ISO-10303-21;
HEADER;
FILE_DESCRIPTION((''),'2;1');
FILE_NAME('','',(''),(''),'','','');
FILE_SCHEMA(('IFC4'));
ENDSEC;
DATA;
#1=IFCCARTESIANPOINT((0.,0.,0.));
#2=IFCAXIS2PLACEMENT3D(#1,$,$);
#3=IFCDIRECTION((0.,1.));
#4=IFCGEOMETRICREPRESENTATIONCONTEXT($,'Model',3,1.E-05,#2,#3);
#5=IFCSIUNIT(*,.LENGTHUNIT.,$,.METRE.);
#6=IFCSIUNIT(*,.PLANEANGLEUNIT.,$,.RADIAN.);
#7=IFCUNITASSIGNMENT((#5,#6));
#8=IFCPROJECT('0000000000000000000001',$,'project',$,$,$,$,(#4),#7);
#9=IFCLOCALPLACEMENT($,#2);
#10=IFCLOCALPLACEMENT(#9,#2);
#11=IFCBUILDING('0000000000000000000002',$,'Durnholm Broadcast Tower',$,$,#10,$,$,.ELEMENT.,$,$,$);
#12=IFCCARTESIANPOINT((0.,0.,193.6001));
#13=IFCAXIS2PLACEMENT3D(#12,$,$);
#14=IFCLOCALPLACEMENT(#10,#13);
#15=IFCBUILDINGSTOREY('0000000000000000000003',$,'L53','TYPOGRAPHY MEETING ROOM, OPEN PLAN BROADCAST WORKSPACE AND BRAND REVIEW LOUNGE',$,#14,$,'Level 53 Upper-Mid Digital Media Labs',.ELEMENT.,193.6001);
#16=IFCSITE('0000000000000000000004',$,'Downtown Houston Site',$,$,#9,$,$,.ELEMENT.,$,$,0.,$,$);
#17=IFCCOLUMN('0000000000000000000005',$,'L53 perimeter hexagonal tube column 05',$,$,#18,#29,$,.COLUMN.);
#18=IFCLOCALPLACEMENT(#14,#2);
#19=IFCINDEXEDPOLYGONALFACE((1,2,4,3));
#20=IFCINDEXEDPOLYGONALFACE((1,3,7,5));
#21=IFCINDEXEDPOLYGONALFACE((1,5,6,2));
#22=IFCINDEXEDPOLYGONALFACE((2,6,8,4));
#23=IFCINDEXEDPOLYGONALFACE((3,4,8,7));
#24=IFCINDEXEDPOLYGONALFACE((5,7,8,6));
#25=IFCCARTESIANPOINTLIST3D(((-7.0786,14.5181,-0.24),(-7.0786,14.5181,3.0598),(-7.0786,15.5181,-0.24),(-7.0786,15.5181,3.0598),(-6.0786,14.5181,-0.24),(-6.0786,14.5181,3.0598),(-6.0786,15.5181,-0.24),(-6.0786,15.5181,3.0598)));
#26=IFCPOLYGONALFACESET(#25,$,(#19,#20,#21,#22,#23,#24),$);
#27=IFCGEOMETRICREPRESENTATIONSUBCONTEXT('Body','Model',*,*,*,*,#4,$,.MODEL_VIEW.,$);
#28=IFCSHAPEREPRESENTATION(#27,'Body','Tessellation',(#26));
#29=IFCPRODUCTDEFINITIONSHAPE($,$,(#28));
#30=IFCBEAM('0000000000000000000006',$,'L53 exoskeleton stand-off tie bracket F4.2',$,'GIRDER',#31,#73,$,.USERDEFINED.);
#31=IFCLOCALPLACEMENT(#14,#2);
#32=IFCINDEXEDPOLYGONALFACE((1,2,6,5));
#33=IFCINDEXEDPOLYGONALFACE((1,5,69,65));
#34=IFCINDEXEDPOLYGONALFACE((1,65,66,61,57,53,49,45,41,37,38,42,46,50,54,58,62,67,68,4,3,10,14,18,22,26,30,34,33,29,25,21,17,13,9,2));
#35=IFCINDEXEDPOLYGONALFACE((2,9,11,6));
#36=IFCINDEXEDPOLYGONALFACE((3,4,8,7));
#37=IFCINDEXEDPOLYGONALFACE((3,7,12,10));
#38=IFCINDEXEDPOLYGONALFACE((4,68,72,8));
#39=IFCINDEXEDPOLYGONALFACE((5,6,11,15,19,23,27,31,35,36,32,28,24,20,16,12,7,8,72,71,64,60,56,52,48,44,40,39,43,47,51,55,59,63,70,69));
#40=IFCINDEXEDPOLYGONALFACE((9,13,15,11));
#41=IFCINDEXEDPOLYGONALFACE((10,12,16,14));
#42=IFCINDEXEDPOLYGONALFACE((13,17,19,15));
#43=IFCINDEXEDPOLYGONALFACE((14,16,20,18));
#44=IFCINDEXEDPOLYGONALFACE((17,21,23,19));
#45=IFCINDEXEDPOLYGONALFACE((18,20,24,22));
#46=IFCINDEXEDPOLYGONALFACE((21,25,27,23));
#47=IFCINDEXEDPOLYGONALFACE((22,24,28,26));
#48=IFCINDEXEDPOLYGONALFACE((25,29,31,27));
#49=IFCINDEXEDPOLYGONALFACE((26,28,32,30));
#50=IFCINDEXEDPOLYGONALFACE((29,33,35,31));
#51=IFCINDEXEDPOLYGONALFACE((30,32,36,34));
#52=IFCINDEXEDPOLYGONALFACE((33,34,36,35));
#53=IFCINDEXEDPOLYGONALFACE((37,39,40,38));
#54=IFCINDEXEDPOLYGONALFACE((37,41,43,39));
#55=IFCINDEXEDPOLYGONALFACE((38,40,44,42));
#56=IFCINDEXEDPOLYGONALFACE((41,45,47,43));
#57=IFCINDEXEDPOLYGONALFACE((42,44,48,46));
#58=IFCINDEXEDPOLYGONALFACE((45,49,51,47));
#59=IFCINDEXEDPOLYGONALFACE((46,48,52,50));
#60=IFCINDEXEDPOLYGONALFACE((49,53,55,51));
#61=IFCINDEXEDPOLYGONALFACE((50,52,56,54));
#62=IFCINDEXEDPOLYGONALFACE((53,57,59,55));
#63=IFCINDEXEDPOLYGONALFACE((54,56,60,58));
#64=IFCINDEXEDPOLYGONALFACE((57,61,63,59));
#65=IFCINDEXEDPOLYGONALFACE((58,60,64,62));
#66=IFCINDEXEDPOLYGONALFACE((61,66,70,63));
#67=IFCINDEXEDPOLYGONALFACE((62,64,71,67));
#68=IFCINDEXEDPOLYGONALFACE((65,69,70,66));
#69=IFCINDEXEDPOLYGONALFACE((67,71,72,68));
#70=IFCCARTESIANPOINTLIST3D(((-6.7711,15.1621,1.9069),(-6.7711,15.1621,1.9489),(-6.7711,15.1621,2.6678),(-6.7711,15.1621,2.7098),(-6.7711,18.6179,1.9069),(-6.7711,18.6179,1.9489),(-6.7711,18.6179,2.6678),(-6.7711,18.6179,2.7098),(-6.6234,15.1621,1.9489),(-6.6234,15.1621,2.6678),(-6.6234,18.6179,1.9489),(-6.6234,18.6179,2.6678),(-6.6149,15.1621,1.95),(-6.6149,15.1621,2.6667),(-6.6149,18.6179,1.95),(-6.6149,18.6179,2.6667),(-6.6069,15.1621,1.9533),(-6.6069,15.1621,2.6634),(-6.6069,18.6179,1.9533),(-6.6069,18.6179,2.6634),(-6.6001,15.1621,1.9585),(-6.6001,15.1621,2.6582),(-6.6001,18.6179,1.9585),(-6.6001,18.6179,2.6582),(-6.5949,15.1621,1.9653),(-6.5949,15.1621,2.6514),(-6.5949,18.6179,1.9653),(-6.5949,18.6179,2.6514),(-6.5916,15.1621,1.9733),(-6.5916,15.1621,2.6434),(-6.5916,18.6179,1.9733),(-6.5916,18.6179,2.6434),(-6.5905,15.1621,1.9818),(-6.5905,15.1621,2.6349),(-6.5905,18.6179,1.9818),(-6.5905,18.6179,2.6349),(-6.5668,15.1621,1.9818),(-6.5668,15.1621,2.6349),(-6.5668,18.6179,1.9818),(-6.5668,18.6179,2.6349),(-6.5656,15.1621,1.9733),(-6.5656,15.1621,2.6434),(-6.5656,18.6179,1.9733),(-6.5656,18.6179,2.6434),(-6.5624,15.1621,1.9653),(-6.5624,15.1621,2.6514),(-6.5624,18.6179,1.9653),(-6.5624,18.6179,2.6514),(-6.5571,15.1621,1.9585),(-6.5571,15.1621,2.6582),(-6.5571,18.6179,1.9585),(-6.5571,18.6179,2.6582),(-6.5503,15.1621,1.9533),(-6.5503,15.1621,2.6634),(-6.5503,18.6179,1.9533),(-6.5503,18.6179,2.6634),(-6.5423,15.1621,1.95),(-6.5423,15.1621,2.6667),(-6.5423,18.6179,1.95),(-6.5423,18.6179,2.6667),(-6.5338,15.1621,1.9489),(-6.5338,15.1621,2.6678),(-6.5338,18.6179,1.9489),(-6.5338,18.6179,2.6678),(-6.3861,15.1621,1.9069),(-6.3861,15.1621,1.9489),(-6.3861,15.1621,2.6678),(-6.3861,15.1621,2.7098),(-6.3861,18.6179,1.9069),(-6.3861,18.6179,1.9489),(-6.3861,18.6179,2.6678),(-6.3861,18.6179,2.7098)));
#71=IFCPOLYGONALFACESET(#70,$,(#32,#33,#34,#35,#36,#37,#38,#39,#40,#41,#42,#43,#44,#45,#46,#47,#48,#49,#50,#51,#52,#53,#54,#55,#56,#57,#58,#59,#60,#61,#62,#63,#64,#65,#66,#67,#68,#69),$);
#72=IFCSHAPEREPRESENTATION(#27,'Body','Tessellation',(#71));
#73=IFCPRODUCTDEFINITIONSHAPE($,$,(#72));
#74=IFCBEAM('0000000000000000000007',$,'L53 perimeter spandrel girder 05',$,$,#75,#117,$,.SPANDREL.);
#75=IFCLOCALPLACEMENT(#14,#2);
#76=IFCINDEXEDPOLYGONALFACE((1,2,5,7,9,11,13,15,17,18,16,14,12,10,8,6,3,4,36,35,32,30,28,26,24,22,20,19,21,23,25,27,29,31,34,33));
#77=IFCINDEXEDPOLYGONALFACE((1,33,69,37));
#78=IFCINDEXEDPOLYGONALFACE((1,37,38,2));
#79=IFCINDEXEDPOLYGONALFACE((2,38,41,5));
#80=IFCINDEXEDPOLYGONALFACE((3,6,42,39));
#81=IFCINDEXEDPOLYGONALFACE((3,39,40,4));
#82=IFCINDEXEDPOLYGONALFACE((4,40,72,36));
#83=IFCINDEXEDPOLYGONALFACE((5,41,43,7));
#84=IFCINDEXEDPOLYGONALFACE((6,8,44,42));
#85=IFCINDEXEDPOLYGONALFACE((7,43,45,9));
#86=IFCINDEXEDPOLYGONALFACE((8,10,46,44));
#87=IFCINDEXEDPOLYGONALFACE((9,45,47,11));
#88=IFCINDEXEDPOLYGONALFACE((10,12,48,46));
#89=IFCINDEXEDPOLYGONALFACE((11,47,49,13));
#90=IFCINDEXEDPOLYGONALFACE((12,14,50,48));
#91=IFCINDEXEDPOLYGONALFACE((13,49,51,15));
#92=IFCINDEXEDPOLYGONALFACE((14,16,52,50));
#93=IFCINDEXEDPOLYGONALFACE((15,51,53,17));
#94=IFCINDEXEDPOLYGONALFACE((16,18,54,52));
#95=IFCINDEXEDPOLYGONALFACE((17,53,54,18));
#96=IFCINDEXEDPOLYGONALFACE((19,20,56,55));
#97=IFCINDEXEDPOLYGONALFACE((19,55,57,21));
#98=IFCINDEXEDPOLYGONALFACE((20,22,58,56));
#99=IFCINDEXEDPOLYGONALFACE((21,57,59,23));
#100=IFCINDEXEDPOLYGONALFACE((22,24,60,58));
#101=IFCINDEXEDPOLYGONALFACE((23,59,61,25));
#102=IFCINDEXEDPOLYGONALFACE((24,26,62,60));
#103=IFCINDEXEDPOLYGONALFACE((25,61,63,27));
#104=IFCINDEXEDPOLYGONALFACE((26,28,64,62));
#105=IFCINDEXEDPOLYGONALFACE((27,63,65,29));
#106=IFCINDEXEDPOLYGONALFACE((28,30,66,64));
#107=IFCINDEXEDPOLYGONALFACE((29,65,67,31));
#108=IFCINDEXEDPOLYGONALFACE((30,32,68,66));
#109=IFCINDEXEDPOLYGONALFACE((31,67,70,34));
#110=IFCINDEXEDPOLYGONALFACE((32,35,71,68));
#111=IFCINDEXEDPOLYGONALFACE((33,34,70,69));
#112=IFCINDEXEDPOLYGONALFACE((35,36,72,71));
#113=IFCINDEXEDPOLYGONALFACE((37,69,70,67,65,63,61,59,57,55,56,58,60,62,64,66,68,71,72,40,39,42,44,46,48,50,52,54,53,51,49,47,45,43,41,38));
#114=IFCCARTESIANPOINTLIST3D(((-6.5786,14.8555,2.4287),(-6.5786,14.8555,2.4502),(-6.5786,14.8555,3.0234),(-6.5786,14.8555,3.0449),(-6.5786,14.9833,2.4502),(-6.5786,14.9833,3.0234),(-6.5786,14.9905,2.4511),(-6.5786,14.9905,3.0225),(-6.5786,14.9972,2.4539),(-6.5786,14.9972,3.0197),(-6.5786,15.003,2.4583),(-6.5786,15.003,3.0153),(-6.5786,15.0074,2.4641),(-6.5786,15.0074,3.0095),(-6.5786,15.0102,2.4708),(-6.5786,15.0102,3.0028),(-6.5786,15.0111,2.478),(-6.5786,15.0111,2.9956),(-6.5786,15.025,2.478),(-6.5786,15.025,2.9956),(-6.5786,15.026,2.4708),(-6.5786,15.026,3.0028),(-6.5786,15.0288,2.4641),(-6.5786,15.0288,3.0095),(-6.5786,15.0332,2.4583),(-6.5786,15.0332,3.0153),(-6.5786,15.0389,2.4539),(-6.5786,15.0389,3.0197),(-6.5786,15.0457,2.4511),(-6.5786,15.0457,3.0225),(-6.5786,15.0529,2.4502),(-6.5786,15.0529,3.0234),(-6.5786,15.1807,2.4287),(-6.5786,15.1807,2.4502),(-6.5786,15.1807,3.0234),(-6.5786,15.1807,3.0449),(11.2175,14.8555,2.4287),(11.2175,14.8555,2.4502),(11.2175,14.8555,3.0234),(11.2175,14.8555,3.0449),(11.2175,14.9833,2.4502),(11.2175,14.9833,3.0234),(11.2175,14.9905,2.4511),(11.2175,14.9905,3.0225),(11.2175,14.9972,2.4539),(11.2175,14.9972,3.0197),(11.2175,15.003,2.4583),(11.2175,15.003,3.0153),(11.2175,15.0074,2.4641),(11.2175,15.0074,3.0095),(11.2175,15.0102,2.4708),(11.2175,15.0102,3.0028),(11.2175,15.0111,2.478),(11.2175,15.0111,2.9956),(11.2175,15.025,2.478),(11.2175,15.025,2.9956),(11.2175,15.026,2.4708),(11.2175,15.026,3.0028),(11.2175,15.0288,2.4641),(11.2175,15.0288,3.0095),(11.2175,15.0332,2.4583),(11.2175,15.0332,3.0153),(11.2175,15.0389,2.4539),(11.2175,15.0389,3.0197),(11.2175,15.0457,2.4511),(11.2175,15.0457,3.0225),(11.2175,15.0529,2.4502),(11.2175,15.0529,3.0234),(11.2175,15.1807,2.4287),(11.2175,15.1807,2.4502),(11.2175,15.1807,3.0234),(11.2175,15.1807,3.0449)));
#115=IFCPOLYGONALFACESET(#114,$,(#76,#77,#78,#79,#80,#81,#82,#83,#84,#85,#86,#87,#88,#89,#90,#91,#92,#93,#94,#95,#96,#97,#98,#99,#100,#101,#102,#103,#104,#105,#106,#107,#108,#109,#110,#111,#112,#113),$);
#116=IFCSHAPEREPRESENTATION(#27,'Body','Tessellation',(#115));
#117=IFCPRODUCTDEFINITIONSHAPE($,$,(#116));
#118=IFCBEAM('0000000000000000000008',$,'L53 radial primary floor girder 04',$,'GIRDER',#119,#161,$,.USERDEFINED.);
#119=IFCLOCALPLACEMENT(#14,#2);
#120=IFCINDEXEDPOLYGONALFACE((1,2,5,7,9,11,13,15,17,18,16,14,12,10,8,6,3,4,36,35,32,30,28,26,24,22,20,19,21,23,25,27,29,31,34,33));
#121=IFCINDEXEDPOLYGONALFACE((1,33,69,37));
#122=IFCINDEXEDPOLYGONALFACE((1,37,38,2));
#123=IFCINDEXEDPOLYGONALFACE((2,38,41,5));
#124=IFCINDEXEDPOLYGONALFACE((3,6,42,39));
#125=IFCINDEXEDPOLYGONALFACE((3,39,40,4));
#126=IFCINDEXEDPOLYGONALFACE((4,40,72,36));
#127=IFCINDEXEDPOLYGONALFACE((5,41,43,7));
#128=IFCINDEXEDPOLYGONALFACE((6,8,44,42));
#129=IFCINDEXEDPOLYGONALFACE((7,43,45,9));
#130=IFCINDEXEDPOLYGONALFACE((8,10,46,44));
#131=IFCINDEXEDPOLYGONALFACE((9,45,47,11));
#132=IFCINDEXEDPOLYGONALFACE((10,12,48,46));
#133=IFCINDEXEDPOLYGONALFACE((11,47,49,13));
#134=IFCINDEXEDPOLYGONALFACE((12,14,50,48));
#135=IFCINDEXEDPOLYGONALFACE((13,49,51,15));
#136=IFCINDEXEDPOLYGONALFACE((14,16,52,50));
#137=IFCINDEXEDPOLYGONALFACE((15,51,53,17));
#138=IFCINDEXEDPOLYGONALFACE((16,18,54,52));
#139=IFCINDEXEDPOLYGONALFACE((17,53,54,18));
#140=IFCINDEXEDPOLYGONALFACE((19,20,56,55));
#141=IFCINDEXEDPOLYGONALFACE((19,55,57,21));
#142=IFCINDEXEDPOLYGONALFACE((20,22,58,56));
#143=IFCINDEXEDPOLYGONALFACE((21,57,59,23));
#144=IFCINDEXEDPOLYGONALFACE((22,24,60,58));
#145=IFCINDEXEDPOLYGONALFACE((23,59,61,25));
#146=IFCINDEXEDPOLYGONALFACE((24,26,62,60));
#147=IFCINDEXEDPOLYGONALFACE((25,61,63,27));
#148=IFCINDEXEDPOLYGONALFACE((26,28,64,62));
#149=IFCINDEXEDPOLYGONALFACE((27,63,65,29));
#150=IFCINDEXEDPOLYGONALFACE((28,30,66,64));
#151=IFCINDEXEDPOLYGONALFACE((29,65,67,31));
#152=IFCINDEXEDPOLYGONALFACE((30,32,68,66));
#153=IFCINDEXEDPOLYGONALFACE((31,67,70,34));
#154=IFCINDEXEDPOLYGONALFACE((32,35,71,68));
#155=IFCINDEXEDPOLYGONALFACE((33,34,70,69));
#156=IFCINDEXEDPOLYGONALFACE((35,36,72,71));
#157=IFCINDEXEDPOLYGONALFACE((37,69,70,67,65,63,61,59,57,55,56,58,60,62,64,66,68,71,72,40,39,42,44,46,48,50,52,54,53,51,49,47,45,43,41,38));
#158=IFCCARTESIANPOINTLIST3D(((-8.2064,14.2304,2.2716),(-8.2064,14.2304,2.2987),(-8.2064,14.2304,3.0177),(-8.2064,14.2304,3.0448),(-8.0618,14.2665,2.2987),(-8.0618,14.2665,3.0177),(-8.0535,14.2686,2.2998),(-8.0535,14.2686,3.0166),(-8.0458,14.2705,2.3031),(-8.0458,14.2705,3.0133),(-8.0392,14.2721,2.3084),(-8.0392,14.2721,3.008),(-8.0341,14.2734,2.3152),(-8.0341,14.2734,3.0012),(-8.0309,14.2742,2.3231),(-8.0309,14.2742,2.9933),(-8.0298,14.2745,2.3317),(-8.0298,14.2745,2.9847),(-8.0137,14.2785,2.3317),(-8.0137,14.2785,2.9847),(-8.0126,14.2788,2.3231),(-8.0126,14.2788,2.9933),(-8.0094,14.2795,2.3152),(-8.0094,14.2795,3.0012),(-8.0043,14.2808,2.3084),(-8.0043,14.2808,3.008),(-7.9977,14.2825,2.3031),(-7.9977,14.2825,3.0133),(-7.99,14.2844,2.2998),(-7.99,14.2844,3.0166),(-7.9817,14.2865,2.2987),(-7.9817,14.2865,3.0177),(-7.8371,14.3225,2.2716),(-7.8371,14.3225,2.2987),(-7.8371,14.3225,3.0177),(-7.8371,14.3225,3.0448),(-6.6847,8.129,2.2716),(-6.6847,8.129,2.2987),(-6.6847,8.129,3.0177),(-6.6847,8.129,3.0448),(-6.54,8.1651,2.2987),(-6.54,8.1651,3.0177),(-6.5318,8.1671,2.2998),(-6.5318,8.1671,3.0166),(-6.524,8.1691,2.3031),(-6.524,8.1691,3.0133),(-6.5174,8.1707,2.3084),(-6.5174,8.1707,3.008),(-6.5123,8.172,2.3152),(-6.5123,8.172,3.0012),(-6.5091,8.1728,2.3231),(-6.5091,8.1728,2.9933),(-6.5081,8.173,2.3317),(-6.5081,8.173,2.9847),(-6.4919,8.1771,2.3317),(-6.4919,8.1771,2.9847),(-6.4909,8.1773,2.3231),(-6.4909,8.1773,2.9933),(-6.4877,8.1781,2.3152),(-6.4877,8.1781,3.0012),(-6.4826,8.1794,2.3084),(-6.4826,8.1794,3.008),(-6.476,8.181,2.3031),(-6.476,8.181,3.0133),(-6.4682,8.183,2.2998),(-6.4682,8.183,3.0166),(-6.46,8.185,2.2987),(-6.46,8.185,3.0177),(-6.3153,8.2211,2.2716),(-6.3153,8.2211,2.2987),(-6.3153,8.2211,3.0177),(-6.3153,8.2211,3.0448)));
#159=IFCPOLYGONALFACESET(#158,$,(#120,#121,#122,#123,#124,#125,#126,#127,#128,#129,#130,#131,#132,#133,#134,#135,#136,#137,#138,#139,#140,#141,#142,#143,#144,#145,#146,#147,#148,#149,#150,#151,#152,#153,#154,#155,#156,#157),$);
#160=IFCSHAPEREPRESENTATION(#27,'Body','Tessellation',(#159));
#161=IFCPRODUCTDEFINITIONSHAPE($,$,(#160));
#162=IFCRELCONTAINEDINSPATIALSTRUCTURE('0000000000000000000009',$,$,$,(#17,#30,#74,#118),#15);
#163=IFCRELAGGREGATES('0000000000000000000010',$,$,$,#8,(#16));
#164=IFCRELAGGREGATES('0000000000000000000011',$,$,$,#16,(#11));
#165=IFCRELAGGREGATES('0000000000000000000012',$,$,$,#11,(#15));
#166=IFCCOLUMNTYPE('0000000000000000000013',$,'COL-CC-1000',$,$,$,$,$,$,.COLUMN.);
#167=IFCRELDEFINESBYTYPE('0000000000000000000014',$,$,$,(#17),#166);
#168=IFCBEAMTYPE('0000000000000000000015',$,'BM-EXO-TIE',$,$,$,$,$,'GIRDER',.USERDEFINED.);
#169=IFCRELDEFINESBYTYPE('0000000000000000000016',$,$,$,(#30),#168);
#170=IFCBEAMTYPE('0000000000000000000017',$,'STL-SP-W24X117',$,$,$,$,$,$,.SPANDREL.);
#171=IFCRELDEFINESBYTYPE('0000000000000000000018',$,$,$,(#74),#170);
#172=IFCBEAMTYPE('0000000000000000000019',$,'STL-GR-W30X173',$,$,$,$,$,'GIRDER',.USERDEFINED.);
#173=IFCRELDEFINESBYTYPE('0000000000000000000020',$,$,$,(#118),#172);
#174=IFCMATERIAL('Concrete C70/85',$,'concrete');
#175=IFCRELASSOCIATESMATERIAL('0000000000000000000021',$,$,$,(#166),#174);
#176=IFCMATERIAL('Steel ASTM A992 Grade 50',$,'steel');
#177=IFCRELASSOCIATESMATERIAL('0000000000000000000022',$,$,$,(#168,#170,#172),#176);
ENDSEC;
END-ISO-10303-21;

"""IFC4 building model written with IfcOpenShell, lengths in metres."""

from ifc_helpers import new_model, si_unit, direction, frame, origin, origin_2d, place, context, subcontext, project, spatial, rectangle, i_section, extrude, source, transform, mapped, material, material_profile, profile_set, type_object, type_shapes, element, save


model = new_model("IFC4")

# Units and contexts
model_context = context("Model", 3, precision=1e-05, world=origin(), true_north=direction((0.0, 1.0)))
body_context = subcontext(model_context, "Body", "Model", "MODEL_VIEW")
ifc_project = project(units=[si_unit("LENGTHUNIT", "METRE"), si_unit("PLANEANGLEUNIT", "RADIAN")], contexts=[model_context])

# Site, building, storey
site_placement = place(None, origin())
site = spatial("IfcSite", under=ifc_project, at=site_placement, Name="Downtown Houston Site", CompositionType="ELEMENT", RefElevation=0.0)
building_placement = place(site_placement, origin())
building = spatial("IfcBuilding", under=site, at=building_placement, Name="Durnholm Broadcast Tower", CompositionType="ELEMENT")
storey_placement = place(building_placement, frame((0.0, 0.0, 193.6001)))
storey = spatial("IfcBuildingStorey", under=building, at=storey_placement, Name="L53", Description="TYPOGRAPHY MEETING ROOM, OPEN PLAN BROADCAST WORKSPACE AND BRAND REVIEW LOUNGE", LongName="Level 53 Upper-Mid Digital Media Labs", CompositionType="ELEMENT", Elevation=193.6001)

# Column
ifc_material_1 = material(Name="Concrete C70/85", Category="concrete")
ifc_material_profile_1 = material_profile(ifc_material_1, rectangle(XDim=1.0, YDim=1.0, at=origin_2d()), Name="RC1000X1000")
ifc_profile_set_1 = profile_set([ifc_material_profile_1], Name="Concrete C70/85")
column_type = type_object("IfcColumnType", Name="COL-CC-1000", PredefinedType="COLUMN", material=ifc_profile_set_1)
shared_shape_1 = source(origin(), body_context, "Body", "SweptSolid", [
    extrude(rectangle(XDim=1.0, YDim=1.0, at=origin_2d()), origin(), (0.0, 0.0, 1.0), 3.2998),
])
type_shapes(column_type, [shared_shape_1])
column_placement = place(storey_placement, frame((-6.5786, 15.0181, -0.24), z_axis=(0.0, 0.0, 1.0), x_axis=(1.0, 0.0, 0.0)))
element("IfcColumn", 1, at=column_placement, inside=storey, type_object=column_type, Name="L53 perimeter hexagonal tube column 05", PredefinedType="COLUMN", context=body_context, shape_type="MappedRepresentation", body=[
    mapped(shared_shape_1, transform((0.0, 0.0, 0.0), x_axis=(1.0, 0.0, 0.0), y_axis=(0.0, 1.0, 0.0), z_axis=(0.0, 0.0, 1.0), scale=1.0)),
])

# Beams
ifc_material_2 = material(Name="Steel ASTM A992 Grade 50", Category="steel")
ifc_material_profile_2 = material_profile(ifc_material_2, i_section(OverallWidth=0.385, OverallDepth=0.803, WebThickness=0.0237, FlangeThickness=0.042, FilletRadius=0.033, at=origin_2d()), Name="W30X261")
ifc_profile_set_2 = profile_set([ifc_material_profile_2], Name="Steel ASTM A992 Grade 50")
beam_type_1 = type_object("IfcBeamType", Name="BM-EXO-TIE", ElementType="GIRDER", PredefinedType="USERDEFINED", material=ifc_profile_set_2)
shared_shape_2 = source(origin(), body_context, "Body", "SweptSolid", [
    extrude(i_section(OverallWidth=0.385, OverallDepth=0.803, WebThickness=0.0237, FlangeThickness=0.042, FilletRadius=0.033, at=origin_2d()), origin(), (0.0, 0.0, 1.0), 3.4558),
])
type_shapes(beam_type_1, [shared_shape_2])
beam_1_placement = place(storey_placement, frame((-6.5786, 15.1621, 2.3083), z_axis=(0.0, 1.0, 0.0), x_axis=(-1.0, 0.0, 0.0)))
element("IfcBeam", 2, at=beam_1_placement, inside=storey, type_object=beam_type_1, Name="L53 exoskeleton stand-off tie bracket F4.2", ObjectType="GIRDER", PredefinedType="USERDEFINED", context=body_context, shape_type="MappedRepresentation", body=[
    mapped(shared_shape_2, transform((0.0, 0.0, 0.0), x_axis=(1.0, 0.0, 0.0), y_axis=(0.0, 1.0, 0.0), z_axis=(0.0, 0.0, 1.0), scale=1.0)),
])
ifc_material_profile_3 = material_profile(ifc_material_2, i_section(OverallWidth=0.3252, OverallDepth=0.6162, WebThickness=0.0139, FlangeThickness=0.0215, FilletRadius=0.0278, at=origin_2d()), Name="W24X117")
ifc_profile_set_3 = profile_set([ifc_material_profile_3], Name="Steel ASTM A992 Grade 50")
beam_type_2 = type_object("IfcBeamType", Name="STL-SP-W24X117", PredefinedType="SPANDREL", material=ifc_profile_set_3)
shared_shape_3 = source(origin(), body_context, "Body", "SweptSolid", [
    extrude(i_section(OverallWidth=0.3252, OverallDepth=0.6162, WebThickness=0.0139, FlangeThickness=0.0215, FilletRadius=0.0278, at=origin_2d()), origin(), (0.0, 0.0, 1.0), 17.7961),
])
type_shapes(beam_type_2, [shared_shape_3])
beam_2_placement = place(storey_placement, frame((-6.5786, 15.0181, 2.7368), z_axis=(1.0, 0.0, 0.0), x_axis=(0.0, 1.0, 0.0)))
element("IfcBeam", 3, at=beam_2_placement, inside=storey, type_object=beam_type_2, Name="L53 perimeter spandrel girder 05", PredefinedType="SPANDREL", context=body_context, shape_type="MappedRepresentation", body=[
    mapped(shared_shape_3, transform((0.0, 0.0, 0.0), x_axis=(1.0, 0.0, 0.0), y_axis=(0.0, 1.0, 0.0), z_axis=(0.0, 0.0, 1.0), scale=1.0)),
])
ifc_material_profile_4 = material_profile(ifc_material_2, i_section(OverallWidth=0.3806, OverallDepth=0.7732, WebThickness=0.0166, FlangeThickness=0.0271, FilletRadius=0.033, at=origin_2d()), Name="W30X173")
ifc_profile_set_4 = profile_set([ifc_material_profile_4], Name="Steel ASTM A992 Grade 50")
beam_type_3 = type_object("IfcBeamType", Name="STL-GR-W30X173", ElementType="GIRDER", PredefinedType="USERDEFINED", material=ifc_profile_set_4)
shared_shape_4 = source(origin(), body_context, "Body", "SweptSolid", [
    extrude(i_section(OverallWidth=0.3806, OverallDepth=0.7732, WebThickness=0.0166, FlangeThickness=0.0271, FilletRadius=0.033, at=origin_2d()), origin(), (0.0, 0.0, 1.0), 6.2883),
])
beam_3_placement = place(storey_placement, frame((-6.5, 8.175, 2.6582), z_axis=(-0.241997, 0.970277, 0.0), x_axis=(-0.970277, -0.241997, 0.0)))
element("IfcBeam", 4, at=beam_3_placement, inside=storey, type_object=beam_type_3, Name="L53 radial primary floor girder 04", ObjectType="GIRDER", PredefinedType="USERDEFINED", context=body_context, shape_type="MappedRepresentation", body=[
    mapped(shared_shape_4, transform((0.0, 0.0, 0.0), x_axis=(1.0, 0.0, 0.0), y_axis=(0.0, 1.0, 0.0), z_axis=(0.0, 0.0, 1.0), scale=1.0)),
])

save(model, "model.ifc")
